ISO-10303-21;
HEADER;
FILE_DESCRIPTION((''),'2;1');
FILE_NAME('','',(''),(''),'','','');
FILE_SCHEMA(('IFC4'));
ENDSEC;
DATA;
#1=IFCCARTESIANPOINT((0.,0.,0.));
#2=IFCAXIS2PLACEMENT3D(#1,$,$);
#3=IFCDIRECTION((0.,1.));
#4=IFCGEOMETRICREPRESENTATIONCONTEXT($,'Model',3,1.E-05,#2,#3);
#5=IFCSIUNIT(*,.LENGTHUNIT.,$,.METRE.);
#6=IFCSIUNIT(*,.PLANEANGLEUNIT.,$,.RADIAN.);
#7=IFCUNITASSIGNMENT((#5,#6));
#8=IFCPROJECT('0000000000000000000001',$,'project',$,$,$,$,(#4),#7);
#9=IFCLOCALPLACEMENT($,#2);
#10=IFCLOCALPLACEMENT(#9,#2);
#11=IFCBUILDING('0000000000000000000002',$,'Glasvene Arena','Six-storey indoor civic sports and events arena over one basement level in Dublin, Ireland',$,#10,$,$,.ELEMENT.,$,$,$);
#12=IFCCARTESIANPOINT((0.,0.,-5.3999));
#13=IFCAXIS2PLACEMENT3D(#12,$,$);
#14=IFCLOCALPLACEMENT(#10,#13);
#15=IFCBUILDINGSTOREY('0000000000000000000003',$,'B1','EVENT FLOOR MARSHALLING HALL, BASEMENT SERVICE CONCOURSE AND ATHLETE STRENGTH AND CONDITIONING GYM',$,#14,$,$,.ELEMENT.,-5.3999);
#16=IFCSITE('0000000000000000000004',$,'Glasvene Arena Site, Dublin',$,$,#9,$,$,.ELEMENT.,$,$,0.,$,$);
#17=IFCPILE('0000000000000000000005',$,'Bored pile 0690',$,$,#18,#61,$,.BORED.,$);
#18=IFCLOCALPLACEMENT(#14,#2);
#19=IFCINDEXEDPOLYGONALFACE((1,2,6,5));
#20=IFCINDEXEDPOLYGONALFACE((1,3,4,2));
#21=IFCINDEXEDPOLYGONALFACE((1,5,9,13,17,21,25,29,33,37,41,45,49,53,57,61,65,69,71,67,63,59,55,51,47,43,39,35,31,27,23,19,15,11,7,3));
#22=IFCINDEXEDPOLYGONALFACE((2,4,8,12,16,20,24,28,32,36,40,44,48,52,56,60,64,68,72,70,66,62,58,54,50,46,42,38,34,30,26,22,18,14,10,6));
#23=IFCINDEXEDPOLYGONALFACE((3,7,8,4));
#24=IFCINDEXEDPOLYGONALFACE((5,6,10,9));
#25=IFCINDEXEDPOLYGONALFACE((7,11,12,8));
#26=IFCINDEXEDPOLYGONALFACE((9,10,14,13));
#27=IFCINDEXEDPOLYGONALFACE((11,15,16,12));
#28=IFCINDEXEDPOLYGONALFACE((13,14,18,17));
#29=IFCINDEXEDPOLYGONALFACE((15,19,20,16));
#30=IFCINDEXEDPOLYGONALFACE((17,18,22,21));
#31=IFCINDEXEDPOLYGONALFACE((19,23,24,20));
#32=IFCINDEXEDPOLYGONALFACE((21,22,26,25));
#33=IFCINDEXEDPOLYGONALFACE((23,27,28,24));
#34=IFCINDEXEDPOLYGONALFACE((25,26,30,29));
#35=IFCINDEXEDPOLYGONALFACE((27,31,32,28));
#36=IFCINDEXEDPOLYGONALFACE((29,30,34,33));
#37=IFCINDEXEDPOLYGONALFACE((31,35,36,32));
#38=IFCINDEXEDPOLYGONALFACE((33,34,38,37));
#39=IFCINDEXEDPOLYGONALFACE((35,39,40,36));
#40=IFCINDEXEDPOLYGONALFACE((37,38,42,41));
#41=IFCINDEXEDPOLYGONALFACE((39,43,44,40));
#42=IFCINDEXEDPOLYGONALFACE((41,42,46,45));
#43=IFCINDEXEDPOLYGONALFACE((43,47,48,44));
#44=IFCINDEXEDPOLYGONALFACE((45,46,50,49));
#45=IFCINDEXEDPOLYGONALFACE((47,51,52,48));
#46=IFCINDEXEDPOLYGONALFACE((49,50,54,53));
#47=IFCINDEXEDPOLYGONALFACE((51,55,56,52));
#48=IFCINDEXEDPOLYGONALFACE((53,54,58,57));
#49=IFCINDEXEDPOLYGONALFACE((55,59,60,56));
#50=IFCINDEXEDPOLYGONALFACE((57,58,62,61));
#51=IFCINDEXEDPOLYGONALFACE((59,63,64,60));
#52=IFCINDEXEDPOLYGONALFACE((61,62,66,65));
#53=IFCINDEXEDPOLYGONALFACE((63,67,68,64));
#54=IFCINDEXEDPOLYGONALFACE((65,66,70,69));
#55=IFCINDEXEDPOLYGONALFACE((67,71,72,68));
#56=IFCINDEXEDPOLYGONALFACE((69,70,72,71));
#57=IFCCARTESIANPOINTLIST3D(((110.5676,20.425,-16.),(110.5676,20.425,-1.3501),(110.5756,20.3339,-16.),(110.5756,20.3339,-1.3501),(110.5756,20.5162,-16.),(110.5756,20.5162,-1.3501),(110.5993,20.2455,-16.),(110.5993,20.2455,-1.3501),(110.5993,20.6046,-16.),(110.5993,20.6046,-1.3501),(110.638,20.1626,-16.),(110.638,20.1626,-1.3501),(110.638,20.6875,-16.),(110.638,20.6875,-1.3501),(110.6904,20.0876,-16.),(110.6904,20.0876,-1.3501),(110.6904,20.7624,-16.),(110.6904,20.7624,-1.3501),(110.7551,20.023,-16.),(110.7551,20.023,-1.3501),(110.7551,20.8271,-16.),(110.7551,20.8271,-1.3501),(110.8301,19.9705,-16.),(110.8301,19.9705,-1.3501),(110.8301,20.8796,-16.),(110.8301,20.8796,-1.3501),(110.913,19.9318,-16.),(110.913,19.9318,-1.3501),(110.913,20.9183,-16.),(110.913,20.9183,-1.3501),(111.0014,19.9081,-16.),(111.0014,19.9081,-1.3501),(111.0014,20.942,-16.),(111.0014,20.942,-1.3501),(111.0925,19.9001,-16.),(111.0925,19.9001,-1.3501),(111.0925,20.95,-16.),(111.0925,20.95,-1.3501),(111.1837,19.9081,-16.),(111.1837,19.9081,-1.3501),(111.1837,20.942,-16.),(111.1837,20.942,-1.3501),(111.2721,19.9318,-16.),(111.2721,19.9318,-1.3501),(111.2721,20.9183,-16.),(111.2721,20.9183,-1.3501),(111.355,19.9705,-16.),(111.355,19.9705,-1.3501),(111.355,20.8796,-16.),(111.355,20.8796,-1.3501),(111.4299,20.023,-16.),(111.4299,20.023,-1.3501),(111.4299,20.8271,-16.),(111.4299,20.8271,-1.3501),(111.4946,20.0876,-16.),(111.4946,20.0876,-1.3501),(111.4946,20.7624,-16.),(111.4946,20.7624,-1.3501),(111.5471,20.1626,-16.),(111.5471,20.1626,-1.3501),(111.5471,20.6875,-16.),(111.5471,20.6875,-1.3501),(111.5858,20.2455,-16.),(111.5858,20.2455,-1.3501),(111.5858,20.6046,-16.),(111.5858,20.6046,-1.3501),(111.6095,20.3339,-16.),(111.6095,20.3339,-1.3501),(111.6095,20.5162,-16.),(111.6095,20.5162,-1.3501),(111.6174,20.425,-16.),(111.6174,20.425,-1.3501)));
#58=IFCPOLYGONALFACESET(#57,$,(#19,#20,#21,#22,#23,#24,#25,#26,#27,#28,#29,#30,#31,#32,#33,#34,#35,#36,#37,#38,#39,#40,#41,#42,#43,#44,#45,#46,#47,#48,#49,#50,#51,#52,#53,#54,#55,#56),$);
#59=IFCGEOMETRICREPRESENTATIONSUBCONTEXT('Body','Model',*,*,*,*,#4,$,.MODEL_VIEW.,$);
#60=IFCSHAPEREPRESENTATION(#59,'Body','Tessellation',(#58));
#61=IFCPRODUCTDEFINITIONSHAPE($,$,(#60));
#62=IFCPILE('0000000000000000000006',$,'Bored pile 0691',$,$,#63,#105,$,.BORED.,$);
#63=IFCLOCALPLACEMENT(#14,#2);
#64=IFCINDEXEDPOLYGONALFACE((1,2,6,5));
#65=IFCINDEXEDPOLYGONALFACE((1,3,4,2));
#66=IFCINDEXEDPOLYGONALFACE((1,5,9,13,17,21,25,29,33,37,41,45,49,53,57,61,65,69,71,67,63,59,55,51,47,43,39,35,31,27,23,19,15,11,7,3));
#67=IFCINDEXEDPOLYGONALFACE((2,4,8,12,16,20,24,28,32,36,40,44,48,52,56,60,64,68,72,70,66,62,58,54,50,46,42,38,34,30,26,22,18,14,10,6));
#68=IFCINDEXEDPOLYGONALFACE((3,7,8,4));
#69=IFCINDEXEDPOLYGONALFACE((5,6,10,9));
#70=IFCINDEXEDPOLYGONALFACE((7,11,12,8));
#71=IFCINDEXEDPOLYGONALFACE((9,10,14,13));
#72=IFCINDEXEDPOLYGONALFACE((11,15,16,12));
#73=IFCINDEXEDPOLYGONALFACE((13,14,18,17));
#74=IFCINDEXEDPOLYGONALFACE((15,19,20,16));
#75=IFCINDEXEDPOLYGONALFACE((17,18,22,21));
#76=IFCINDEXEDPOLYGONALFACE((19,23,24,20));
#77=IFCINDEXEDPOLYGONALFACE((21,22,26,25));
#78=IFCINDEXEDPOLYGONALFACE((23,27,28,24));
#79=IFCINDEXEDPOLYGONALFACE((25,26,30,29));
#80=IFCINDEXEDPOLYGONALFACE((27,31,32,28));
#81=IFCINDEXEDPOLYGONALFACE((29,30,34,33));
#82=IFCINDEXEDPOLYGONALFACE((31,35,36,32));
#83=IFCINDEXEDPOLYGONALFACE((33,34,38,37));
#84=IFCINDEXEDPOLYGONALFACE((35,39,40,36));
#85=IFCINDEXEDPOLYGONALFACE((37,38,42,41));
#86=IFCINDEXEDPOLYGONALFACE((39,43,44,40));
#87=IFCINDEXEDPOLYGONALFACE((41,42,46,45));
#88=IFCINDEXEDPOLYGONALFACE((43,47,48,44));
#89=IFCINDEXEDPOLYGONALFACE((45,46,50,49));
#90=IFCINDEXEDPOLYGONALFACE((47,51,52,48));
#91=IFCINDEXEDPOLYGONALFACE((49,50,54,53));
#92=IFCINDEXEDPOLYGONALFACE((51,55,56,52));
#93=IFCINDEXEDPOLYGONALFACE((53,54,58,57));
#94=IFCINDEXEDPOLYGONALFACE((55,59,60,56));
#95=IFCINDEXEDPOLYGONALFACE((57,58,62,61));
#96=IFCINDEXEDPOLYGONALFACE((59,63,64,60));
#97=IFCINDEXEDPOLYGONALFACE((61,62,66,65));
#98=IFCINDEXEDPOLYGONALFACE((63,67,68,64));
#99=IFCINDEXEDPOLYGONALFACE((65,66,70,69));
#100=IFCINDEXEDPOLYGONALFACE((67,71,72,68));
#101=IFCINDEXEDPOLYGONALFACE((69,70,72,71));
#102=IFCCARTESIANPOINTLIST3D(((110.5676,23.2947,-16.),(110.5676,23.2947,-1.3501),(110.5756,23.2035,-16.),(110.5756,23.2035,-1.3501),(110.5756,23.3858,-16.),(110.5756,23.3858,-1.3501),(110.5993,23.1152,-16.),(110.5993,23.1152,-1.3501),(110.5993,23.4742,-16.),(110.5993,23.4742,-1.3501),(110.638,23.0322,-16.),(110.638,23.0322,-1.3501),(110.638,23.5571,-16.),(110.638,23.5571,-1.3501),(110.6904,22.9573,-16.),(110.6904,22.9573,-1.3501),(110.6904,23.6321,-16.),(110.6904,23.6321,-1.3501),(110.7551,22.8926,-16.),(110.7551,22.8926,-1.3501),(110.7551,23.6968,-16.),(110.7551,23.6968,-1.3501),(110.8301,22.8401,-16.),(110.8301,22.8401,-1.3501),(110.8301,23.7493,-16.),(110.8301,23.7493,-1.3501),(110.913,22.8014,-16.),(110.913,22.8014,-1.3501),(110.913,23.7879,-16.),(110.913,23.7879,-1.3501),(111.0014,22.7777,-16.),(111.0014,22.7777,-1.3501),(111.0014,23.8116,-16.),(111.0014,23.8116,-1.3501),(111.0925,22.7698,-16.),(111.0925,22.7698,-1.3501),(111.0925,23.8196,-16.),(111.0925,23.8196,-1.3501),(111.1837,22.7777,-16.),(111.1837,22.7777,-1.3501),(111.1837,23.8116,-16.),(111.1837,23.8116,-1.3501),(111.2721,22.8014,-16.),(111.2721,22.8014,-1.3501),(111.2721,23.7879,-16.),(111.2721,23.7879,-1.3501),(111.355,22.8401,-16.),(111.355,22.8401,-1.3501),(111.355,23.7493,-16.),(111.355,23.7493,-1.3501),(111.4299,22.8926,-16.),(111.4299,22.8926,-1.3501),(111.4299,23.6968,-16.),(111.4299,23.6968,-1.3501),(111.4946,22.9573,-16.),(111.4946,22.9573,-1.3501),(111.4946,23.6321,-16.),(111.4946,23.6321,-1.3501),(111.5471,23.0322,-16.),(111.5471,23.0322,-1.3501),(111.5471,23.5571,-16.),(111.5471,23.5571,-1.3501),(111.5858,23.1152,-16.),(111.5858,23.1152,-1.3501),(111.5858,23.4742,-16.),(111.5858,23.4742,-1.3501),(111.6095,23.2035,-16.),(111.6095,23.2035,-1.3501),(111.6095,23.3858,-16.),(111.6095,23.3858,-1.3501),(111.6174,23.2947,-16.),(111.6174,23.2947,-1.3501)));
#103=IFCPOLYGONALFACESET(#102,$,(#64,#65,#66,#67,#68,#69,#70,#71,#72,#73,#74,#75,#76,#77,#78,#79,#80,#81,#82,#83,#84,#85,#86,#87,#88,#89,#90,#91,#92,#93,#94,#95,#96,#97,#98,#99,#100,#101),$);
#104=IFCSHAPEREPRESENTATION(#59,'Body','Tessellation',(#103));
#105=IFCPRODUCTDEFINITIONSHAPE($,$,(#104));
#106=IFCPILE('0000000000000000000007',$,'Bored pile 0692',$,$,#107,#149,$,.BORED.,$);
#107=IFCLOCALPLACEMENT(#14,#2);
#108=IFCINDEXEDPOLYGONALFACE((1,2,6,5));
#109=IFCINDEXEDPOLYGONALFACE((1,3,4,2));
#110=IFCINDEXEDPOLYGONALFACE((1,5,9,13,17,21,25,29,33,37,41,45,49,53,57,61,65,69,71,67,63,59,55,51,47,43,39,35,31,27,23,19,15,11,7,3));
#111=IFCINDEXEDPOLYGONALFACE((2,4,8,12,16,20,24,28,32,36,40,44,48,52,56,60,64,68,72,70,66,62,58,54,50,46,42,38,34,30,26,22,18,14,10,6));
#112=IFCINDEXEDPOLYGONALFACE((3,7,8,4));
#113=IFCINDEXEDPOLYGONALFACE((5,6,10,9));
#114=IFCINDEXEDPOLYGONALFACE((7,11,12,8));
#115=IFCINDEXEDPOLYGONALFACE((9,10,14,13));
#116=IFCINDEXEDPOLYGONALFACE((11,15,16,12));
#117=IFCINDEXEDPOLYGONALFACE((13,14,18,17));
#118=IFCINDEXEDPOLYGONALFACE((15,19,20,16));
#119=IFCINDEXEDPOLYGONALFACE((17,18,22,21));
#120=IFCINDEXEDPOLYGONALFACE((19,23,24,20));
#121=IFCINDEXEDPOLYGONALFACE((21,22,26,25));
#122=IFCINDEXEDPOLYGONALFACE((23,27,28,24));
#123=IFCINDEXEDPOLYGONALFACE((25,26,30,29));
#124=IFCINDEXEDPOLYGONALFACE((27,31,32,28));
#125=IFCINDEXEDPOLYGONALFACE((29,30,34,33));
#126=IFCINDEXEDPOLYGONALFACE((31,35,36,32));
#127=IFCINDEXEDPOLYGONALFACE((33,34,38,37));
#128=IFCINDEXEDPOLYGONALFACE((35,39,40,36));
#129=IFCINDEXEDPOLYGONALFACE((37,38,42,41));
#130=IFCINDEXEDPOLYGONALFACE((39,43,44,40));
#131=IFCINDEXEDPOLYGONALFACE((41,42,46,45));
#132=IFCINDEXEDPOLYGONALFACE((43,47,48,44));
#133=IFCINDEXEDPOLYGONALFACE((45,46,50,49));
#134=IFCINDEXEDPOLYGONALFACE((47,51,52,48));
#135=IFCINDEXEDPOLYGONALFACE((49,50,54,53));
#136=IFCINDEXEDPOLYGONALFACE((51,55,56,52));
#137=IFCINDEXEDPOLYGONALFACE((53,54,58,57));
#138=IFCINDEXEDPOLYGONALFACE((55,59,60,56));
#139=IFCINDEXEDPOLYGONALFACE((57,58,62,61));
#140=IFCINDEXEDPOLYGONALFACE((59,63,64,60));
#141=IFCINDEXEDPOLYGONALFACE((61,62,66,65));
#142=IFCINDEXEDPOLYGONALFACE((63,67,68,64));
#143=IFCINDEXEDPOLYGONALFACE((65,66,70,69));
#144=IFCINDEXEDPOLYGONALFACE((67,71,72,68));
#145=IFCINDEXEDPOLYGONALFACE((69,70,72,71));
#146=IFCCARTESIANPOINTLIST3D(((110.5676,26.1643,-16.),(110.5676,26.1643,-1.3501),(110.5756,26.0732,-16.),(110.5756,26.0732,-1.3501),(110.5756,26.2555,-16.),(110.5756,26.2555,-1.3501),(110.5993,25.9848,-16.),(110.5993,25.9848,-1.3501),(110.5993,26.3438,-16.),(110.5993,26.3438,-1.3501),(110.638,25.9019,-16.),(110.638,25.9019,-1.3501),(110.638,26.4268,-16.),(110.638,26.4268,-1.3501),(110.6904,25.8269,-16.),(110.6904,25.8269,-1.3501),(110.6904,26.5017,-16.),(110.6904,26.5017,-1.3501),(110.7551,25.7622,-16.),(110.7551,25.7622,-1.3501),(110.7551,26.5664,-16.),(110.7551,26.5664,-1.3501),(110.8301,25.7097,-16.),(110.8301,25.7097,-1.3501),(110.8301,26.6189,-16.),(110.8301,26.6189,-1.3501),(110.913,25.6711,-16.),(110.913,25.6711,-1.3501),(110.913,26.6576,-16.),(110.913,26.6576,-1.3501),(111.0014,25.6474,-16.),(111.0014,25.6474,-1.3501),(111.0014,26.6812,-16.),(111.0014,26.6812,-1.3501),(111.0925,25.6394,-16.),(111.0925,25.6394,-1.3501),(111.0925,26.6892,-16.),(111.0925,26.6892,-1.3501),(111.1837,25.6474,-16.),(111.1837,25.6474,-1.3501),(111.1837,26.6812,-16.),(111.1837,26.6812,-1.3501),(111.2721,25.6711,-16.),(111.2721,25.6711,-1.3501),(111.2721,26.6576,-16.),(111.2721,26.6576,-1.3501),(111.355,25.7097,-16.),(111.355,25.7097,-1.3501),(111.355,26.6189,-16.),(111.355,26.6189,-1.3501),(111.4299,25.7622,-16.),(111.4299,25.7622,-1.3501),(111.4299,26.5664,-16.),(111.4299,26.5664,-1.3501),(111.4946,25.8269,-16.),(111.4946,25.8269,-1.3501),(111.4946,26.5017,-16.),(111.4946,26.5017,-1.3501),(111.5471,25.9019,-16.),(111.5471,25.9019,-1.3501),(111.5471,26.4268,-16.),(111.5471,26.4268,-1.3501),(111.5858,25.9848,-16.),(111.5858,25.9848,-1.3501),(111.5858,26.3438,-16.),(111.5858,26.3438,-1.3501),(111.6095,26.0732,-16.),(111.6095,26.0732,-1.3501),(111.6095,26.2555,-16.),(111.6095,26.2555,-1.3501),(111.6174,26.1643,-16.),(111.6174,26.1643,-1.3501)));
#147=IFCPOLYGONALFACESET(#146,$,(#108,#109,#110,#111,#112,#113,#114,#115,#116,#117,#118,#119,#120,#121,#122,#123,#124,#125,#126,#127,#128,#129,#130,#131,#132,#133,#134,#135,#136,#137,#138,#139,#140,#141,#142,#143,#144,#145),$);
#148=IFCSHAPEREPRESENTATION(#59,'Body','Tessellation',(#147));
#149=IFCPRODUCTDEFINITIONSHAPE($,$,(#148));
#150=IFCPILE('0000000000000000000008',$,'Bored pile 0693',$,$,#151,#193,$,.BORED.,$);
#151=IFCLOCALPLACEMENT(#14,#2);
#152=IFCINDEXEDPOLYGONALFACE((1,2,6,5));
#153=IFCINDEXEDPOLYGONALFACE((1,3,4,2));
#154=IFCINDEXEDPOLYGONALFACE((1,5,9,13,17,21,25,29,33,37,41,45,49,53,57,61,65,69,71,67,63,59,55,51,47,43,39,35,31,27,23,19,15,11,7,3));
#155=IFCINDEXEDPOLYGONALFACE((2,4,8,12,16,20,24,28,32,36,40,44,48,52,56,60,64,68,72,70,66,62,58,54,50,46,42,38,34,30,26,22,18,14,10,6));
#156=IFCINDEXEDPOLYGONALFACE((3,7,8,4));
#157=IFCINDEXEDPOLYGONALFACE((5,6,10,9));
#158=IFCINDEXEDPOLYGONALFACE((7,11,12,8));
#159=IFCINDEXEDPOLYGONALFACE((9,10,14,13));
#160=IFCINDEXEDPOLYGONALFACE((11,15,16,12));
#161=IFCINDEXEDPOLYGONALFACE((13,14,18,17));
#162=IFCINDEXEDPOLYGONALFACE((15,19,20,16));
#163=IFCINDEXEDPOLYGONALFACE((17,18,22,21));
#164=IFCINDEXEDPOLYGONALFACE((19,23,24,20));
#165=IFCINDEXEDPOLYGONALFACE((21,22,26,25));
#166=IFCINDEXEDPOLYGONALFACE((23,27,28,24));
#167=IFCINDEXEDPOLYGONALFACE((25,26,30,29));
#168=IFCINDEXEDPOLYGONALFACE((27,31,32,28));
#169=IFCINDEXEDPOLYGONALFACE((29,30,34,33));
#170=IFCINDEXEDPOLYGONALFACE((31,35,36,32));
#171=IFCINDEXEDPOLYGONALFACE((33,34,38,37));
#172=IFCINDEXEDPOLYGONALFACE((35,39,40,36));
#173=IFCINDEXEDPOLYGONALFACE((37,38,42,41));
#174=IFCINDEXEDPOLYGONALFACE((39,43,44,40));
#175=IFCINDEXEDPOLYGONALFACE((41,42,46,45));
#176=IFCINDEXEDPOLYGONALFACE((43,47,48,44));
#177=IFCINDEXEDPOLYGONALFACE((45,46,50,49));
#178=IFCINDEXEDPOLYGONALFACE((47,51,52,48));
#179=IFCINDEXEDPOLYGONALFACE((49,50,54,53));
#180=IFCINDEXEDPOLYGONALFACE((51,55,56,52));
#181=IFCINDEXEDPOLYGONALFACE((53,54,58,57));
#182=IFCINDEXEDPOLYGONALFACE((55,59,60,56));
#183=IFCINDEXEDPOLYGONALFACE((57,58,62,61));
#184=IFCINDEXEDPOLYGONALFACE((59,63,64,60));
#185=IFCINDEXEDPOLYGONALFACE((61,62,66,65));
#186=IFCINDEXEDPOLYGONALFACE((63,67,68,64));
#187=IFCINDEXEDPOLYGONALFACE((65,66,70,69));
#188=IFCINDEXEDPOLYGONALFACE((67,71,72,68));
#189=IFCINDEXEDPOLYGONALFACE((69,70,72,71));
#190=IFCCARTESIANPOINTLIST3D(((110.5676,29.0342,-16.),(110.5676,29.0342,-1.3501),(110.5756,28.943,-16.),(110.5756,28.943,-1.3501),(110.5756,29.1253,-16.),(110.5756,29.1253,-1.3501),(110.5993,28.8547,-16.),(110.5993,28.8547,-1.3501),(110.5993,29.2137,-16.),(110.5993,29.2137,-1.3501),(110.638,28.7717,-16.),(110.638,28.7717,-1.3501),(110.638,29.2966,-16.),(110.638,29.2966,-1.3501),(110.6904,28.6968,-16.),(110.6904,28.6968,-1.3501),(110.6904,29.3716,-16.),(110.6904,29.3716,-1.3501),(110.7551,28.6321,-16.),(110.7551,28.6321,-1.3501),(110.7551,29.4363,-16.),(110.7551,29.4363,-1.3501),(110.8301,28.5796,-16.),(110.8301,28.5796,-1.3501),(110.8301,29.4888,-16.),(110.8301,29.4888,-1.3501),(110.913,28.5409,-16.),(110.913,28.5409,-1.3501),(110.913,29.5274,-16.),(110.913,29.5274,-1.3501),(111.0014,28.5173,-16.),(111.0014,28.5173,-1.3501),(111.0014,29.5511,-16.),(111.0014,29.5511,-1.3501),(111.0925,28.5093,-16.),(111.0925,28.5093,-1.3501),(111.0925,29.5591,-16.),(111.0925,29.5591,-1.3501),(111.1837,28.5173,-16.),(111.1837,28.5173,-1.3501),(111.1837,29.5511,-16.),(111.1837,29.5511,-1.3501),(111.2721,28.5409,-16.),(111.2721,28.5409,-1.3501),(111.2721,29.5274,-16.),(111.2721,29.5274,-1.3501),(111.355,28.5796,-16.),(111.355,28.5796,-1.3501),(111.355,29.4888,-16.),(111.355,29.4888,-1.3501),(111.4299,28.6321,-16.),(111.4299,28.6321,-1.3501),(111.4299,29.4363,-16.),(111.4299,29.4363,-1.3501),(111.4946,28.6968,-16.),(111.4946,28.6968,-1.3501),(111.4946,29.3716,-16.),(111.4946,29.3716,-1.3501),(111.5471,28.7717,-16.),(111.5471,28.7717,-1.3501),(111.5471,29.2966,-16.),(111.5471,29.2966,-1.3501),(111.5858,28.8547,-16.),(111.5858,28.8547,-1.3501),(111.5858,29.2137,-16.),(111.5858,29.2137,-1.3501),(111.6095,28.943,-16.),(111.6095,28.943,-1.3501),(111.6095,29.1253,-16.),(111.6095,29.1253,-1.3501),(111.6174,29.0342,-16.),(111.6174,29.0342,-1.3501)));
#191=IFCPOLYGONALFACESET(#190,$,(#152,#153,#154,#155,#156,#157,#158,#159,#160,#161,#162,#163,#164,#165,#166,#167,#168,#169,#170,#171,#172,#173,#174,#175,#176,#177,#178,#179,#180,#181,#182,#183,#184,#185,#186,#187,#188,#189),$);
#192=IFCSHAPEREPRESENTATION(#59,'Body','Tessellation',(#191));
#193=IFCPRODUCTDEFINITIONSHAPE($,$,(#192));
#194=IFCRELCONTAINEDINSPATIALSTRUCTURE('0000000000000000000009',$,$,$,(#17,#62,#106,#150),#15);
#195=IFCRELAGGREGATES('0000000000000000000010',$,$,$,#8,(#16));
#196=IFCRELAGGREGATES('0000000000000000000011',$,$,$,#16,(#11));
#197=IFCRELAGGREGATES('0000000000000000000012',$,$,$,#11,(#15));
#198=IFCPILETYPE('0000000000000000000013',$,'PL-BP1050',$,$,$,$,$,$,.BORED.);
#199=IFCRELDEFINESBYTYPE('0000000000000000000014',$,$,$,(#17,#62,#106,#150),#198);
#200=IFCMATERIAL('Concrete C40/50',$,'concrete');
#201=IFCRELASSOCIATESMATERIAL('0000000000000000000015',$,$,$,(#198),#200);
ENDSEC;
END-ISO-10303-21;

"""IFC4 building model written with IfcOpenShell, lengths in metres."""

from ifc_helpers import new_model, si_unit, direction, frame, origin, origin_2d, place, context, subcontext, project, spatial, circle, extrude, material, material_profile, profile_set, type_object, element, save


model = new_model("IFC4")

# Units and contexts
model_context = context("Model", 3, precision=1e-05, world=origin(), true_north=direction((0.0, 1.0)))
body_context = subcontext(model_context, "Body", "Model", "MODEL_VIEW")
ifc_project = project(units=[si_unit("LENGTHUNIT", "METRE"), si_unit("PLANEANGLEUNIT", "RADIAN")], contexts=[model_context])

# Site, building, storey
site_placement = place(None, origin())
site = spatial("IfcSite", under=ifc_project, at=site_placement, Name="Glasvene Arena Site, Dublin", CompositionType="ELEMENT", RefElevation=0.0)
building_placement = place(site_placement, origin())
building = spatial("IfcBuilding", under=site, at=building_placement, Name="Glasvene Arena", Description="Six-storey indoor civic sports and events arena over one basement level in Dublin, Ireland", CompositionType="ELEMENT")
storey_placement = place(building_placement, frame((0.0, 0.0, -5.3999)))
storey = spatial("IfcBuildingStorey", under=building, at=storey_placement, Name="B1", Description="EVENT FLOOR MARSHALLING HALL, BASEMENT SERVICE CONCOURSE AND ATHLETE STRENGTH AND CONDITIONING GYM", CompositionType="ELEMENT", Elevation=-5.3999)

# Piles
ifc_material_1 = material(Name="Concrete C40/50", Category="concrete")
ifc_material_profile_1 = material_profile(ifc_material_1, circle(Radius=0.5249, at=origin_2d()), Name="BORED PILE 1050")
ifc_profile_set_1 = profile_set([ifc_material_profile_1], Name="Concrete C40/50")
pile_type = type_object("IfcPileType", Name="PL-BP1050", PredefinedType="BORED", material=ifc_profile_set_1)
for number, where, z_axis, x_axis, name in (
    (1, (111.0925, 20.425, -1.3501), (0.0, 0.0, -1.0), (1.0, 0.0, 0.0), "Bored pile 0690"),
    (2, (111.0925, 23.2947, -1.3501), (0.0, 0.0, -1.0), (1.0, 0.0, 0.0), "Bored pile 0691"),
    (3, (111.0925, 26.1643, -1.3501), (0.0, 0.0, -1.0), (1.0, 0.0, 0.0), "Bored pile 0692"),
    (4, (111.0925, 29.0342, -1.3501), (0.0, 0.0, -1.0), (1.0, 0.0, 0.0), "Bored pile 0693"),
):
    element("IfcPile", number, at=place(storey_placement, frame(where, z_axis=z_axis, x_axis=x_axis)), inside=storey, type_object=pile_type, Name=name, PredefinedType="BORED", context=body_context, shape_type="SweptSolid", body=[
        extrude(circle(Radius=0.5249, at=origin_2d()), origin(), (0.0, 0.0, 1.0), 14.6499),
    ])

save(model, "model.ifc")
